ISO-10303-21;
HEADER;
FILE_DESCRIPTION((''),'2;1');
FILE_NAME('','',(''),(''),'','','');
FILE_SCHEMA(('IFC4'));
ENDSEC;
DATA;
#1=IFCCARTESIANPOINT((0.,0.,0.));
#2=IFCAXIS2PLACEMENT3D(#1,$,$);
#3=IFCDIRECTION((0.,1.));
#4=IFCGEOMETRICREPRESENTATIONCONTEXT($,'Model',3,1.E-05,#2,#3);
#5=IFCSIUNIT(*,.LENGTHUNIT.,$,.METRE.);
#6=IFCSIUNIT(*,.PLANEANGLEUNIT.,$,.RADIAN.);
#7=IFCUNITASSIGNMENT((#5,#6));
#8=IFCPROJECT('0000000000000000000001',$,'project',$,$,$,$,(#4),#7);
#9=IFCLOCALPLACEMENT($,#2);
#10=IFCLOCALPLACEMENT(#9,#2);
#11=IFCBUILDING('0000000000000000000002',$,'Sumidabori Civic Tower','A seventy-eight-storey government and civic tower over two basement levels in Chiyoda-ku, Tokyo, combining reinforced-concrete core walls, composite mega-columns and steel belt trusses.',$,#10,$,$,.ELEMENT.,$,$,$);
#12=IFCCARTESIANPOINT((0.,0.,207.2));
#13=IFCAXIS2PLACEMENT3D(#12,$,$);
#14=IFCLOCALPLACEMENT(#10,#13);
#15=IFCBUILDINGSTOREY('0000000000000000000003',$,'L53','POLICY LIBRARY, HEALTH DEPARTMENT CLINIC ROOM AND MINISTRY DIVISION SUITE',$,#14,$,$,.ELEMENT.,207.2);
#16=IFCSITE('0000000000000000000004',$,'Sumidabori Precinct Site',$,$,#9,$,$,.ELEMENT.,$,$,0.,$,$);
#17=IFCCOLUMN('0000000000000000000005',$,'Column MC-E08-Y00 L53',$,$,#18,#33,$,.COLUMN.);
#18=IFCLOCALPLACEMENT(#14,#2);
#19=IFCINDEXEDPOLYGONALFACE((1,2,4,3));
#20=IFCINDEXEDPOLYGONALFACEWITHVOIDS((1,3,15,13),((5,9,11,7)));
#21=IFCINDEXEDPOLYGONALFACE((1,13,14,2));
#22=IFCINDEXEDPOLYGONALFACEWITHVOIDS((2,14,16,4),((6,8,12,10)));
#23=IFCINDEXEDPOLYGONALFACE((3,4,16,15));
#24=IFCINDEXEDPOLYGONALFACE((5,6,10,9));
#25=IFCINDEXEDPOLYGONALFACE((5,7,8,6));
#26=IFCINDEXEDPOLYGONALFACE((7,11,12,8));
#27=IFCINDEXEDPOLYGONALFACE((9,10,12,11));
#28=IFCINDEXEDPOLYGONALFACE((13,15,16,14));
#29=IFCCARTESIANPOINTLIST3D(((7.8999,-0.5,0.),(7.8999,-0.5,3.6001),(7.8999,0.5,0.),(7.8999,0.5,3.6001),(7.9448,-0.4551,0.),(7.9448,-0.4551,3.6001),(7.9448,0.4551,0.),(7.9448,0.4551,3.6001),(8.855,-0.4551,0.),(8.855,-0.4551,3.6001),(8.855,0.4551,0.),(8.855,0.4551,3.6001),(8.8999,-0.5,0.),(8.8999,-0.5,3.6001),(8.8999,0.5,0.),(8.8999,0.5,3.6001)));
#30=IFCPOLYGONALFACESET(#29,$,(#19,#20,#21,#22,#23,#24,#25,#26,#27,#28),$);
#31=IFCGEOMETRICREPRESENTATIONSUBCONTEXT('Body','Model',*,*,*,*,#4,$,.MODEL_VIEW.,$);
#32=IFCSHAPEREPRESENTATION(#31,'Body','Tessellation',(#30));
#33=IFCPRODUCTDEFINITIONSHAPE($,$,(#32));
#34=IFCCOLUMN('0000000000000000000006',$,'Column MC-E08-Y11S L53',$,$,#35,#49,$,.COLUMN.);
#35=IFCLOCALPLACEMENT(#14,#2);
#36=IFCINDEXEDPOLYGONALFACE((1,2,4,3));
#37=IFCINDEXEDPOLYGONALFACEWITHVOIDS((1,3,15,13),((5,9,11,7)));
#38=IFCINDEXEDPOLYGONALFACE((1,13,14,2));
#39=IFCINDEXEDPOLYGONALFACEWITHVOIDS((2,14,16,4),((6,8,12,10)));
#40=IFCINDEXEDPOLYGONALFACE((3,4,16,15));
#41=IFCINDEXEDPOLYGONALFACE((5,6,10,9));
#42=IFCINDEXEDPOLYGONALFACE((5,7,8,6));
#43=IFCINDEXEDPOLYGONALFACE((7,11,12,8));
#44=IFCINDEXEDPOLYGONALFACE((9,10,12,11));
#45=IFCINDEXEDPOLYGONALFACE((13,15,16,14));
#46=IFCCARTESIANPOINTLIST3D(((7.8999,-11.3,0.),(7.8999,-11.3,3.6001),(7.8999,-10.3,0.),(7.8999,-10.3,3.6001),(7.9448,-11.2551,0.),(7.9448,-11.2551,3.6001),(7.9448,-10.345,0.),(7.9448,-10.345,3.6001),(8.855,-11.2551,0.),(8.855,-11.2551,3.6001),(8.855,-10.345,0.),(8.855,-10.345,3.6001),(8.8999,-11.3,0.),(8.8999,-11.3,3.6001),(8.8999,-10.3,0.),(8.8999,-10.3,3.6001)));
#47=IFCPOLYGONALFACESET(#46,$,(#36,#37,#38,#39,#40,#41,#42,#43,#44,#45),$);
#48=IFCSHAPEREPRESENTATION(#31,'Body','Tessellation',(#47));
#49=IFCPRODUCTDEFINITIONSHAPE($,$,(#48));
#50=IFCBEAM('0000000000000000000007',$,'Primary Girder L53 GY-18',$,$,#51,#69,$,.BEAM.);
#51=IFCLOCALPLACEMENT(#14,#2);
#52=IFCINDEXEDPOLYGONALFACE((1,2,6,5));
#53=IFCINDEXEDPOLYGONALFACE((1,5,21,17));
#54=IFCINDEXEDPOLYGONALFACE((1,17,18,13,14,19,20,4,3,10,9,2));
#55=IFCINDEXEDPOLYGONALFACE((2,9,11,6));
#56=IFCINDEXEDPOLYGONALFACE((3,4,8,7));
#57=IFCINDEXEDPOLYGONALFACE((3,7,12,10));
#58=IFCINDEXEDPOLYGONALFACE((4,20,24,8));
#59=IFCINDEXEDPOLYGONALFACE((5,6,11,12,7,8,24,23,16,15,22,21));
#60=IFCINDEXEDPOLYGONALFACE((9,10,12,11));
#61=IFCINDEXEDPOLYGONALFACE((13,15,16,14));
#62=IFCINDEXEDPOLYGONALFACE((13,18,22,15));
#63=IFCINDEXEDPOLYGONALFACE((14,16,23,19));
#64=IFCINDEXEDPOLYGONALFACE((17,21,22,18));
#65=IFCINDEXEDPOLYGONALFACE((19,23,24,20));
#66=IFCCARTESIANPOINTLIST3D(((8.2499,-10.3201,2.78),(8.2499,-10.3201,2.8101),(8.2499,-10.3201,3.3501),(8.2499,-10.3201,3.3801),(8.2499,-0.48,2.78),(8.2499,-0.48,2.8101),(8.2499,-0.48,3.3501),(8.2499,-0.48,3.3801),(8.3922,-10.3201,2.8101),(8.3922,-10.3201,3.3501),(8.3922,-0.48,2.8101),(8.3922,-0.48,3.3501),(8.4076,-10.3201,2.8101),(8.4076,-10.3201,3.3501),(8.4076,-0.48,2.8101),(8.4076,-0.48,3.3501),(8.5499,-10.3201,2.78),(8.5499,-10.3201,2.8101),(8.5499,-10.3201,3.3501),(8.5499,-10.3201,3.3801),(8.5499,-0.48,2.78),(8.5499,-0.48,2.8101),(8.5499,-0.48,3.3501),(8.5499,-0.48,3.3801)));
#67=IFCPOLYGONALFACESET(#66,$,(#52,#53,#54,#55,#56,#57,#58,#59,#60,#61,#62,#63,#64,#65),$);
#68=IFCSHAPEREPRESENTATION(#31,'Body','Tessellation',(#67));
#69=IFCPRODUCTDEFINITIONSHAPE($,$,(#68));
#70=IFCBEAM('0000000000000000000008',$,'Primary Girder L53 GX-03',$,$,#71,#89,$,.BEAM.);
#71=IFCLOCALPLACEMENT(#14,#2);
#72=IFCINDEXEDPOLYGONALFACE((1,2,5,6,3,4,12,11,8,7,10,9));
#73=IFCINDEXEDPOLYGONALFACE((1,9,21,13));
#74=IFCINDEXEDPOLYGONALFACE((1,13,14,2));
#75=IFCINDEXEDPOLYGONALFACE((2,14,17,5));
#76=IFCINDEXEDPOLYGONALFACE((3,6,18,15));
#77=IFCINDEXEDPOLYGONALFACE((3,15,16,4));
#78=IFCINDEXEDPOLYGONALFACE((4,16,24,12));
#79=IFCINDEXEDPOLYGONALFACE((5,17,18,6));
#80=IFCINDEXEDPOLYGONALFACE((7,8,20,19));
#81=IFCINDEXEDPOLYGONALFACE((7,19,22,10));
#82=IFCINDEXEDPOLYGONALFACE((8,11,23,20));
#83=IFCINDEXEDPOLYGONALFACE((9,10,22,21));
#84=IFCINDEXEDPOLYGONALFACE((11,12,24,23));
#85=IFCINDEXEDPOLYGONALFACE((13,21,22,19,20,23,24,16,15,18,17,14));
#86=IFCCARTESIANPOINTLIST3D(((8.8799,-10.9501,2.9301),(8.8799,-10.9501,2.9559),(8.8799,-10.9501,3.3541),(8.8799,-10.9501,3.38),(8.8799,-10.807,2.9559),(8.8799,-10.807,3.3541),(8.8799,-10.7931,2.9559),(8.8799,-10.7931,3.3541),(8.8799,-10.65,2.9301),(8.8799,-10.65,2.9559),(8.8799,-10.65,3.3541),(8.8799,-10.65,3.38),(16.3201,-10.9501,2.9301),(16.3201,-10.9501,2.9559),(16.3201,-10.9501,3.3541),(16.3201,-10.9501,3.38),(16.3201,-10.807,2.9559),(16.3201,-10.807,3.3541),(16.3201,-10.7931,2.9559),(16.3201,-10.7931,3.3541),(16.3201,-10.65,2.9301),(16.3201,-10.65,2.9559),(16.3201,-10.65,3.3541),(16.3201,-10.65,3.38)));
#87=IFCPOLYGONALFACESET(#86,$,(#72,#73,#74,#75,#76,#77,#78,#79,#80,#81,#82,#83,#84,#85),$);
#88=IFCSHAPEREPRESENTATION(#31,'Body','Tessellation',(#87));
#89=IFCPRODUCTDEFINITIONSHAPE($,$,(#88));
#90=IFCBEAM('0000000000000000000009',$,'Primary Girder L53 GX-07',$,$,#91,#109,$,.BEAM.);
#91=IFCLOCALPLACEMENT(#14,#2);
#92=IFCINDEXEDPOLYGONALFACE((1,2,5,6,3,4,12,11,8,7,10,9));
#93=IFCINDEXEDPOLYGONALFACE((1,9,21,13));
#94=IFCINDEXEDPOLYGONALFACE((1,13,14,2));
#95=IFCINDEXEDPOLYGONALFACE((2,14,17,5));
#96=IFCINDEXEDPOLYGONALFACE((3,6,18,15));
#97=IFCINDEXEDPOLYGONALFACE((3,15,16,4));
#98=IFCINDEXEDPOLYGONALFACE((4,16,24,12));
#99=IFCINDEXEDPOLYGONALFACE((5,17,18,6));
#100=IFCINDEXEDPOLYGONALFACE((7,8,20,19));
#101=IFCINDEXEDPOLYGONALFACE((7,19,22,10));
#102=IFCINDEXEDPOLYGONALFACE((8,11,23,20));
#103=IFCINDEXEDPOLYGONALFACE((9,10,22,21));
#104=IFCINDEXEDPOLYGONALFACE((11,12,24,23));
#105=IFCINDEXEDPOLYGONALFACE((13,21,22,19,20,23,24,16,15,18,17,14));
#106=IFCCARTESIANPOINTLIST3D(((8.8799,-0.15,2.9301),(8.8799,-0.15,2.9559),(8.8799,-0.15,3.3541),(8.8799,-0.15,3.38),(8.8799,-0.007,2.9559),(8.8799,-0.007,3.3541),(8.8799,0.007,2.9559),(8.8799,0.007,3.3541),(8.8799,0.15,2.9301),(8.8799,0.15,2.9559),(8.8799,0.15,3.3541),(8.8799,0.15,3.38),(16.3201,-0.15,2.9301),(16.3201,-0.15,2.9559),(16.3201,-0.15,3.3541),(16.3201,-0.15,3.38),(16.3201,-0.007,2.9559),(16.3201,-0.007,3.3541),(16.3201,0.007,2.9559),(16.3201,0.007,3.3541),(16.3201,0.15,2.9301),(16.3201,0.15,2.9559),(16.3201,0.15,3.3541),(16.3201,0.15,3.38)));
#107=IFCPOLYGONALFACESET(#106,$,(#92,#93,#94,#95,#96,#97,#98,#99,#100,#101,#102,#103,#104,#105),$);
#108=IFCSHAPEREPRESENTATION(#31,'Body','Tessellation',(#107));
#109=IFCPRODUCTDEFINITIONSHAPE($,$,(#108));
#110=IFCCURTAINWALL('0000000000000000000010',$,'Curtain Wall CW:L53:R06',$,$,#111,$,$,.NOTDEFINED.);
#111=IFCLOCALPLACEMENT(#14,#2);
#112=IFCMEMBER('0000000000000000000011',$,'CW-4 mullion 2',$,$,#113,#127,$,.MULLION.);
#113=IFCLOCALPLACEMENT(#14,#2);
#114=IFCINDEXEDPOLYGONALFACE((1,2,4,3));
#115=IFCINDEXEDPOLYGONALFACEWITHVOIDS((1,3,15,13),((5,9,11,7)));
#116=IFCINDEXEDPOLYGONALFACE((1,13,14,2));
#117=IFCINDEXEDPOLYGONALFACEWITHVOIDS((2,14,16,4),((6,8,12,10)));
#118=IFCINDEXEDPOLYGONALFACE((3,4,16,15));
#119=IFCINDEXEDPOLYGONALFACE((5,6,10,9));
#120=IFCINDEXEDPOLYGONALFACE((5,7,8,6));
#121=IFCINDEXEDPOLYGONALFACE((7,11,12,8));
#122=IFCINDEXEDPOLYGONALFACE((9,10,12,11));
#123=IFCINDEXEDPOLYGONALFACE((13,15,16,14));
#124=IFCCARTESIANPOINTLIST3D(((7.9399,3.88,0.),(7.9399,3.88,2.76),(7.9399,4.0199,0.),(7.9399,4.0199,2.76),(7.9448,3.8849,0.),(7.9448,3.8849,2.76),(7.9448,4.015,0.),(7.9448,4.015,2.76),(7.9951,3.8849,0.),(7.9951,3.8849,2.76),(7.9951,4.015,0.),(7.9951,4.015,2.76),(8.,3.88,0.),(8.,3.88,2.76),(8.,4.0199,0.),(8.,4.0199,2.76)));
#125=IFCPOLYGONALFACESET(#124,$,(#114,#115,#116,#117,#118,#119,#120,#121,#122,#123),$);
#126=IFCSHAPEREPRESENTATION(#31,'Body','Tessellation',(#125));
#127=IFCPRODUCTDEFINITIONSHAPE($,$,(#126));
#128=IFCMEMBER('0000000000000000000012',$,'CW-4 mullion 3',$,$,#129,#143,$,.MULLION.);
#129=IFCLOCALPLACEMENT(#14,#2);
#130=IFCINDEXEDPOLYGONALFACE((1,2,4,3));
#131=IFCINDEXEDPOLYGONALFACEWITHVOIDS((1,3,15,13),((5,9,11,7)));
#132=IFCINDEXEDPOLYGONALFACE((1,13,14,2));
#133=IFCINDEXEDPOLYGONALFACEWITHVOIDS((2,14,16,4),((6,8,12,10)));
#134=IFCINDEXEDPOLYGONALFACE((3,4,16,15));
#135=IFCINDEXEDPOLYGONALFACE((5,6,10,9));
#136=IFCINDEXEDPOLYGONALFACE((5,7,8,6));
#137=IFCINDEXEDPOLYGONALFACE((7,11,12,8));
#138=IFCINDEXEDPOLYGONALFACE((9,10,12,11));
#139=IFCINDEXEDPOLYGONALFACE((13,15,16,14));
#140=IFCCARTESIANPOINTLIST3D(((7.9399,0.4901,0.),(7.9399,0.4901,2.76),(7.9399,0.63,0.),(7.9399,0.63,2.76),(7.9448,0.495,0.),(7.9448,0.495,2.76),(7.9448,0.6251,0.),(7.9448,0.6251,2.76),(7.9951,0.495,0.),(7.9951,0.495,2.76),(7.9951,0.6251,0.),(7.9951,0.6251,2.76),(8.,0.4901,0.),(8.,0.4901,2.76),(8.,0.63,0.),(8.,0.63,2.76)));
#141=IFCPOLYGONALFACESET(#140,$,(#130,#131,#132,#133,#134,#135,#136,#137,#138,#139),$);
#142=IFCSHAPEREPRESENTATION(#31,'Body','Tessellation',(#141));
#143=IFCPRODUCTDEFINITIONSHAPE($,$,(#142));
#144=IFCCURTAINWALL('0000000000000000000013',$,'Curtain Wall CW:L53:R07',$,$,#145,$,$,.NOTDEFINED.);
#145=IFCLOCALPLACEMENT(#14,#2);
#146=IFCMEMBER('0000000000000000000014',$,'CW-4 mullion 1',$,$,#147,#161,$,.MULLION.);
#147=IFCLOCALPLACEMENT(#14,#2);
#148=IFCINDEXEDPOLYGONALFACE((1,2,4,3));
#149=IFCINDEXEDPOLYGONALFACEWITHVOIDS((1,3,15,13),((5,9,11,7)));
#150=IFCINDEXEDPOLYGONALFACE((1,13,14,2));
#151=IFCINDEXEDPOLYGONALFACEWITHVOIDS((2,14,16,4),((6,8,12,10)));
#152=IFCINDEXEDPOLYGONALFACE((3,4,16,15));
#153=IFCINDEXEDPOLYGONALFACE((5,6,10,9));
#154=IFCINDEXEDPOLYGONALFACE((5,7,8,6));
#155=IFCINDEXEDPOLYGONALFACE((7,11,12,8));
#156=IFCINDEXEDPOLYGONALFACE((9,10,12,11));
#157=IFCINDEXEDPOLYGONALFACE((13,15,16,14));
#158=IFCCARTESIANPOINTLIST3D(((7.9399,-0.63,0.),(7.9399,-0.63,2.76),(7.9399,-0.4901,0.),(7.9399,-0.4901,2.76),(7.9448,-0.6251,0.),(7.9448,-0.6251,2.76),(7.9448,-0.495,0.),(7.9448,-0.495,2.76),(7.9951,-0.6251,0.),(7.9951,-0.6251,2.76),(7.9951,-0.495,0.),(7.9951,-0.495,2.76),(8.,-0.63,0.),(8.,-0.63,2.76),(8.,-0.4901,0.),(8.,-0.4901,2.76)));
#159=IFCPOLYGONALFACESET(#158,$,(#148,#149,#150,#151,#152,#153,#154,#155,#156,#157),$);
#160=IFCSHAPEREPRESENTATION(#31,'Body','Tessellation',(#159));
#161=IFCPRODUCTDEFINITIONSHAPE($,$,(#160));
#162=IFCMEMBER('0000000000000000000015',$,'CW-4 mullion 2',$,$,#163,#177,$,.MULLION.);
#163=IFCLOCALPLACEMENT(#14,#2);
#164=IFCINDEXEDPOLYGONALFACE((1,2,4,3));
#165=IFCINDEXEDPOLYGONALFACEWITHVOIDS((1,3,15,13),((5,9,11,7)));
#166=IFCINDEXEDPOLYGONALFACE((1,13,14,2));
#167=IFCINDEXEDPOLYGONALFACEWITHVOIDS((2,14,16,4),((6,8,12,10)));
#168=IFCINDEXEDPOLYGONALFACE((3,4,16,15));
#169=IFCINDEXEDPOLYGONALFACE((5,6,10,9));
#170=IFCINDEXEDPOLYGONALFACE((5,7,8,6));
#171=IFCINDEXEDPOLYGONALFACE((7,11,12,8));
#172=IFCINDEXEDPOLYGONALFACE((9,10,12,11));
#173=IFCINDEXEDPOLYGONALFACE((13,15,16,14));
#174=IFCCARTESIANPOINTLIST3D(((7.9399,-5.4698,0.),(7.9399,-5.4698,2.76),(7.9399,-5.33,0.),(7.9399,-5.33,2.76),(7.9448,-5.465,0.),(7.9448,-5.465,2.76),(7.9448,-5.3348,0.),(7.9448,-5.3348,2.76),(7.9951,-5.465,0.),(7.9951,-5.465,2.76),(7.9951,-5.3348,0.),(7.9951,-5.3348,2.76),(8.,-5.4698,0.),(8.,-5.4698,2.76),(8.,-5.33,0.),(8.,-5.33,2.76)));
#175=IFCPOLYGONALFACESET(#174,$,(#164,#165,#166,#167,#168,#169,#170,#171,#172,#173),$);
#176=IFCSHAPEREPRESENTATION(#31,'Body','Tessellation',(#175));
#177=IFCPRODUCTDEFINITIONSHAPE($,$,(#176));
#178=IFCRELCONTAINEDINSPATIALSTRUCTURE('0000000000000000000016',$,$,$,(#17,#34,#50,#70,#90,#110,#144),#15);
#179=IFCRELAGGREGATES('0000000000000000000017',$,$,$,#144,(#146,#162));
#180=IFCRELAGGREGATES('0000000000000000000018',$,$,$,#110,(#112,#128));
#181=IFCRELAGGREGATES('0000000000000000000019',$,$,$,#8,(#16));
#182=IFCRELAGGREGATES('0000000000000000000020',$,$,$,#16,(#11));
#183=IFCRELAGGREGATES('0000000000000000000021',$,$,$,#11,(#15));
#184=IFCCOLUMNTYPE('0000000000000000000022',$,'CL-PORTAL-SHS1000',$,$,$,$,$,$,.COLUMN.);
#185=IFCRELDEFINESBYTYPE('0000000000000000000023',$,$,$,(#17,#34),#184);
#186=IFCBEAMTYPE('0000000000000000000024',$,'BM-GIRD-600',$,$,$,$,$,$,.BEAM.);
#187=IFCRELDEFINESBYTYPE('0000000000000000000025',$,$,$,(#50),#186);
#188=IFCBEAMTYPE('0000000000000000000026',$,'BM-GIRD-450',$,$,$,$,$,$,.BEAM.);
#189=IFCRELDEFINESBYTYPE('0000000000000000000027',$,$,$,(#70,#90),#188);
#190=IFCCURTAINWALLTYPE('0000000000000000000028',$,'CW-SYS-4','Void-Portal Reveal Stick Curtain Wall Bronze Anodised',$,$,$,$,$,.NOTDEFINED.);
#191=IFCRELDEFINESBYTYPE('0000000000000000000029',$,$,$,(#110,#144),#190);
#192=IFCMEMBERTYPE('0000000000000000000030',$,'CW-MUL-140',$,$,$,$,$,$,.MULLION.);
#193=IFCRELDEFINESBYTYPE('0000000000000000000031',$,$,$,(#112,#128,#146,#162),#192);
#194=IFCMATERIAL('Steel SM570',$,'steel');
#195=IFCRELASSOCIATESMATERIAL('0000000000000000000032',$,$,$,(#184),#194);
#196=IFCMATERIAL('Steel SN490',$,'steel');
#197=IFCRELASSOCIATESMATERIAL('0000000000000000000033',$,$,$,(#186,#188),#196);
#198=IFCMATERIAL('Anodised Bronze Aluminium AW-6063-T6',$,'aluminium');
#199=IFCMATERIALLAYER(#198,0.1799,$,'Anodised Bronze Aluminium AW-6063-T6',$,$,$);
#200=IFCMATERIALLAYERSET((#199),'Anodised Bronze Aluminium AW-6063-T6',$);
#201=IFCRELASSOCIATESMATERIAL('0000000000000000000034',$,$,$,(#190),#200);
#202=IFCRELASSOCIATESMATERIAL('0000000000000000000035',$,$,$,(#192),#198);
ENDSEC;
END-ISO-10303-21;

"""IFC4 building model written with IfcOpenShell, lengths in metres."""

from ifc_helpers import new_model, si_unit, direction, frame, origin, origin_2d, place, context, subcontext, project, spatial, hollow_rectangle, i_section, extrude, source, transform, mapped, material, layer, layer_set, material_profile, profile_set, type_object, element, aggregate, save


model = new_model("IFC4")

# Units and contexts
model_context = context("Model", 3, precision=1e-05, world=origin(), true_north=direction((0.0, 1.0)))
body_context = subcontext(model_context, "Body", "Model", "MODEL_VIEW")
ifc_project = project(units=[si_unit("LENGTHUNIT", "METRE"), si_unit("PLANEANGLEUNIT", "RADIAN")], contexts=[model_context])

# Site, building, storey
site_placement = place(None, origin())
site = spatial("IfcSite", under=ifc_project, at=site_placement, Name="Sumidabori Precinct Site", CompositionType="ELEMENT", RefElevation=0.0)
building_placement = place(site_placement, origin())
building = spatial("IfcBuilding", under=site, at=building_placement, Name="Sumidabori Civic Tower", Description="A seventy-eight-storey government and civic tower over two basement levels in Chiyoda-ku, Tokyo, combining reinforced-concrete core walls, composite mega-columns and steel belt trusses.", CompositionType="ELEMENT")
storey_placement = place(building_placement, frame((0.0, 0.0, 207.2)))
storey = spatial("IfcBuildingStorey", under=building, at=storey_placement, Name="L53", Description="POLICY LIBRARY, HEALTH DEPARTMENT CLINIC ROOM AND MINISTRY DIVISION SUITE", CompositionType="ELEMENT", Elevation=207.2)

# Columns
ifc_material_1 = material(Name="Steel SM570", Category="steel")
ifc_material_profile_1 = material_profile(ifc_material_1, hollow_rectangle(XDim=1.0, YDim=1.0, WallThickness=0.0449, at=origin_2d()), Name="SHS 1000x1000x45")
ifc_profile_set_1 = profile_set([ifc_material_profile_1], Name="Steel SM570")
column_type = type_object("IfcColumnType", Name="CL-PORTAL-SHS1000", PredefinedType="COLUMN", material=ifc_profile_set_1)
shared_shape_1 = source(origin(), body_context, "Body", "SweptSolid", [
    extrude(hollow_rectangle(XDim=1.0, YDim=1.0, WallThickness=0.0449, at=origin_2d()), origin(), (0.0, 0.0, 1.0), 3.6001),
])
for number, where, z_axis, x_axis, name in (
    (1, (8.3999, 0.0, 0.0), (0.0, 0.0, 1.0), (1.0, 0.0, 0.0), "Column MC-E08-Y00 L53"),
    (2, (8.3999, -10.8, 0.0), (0.0, 0.0, 1.0), (1.0, 0.0, 0.0), "Column MC-E08-Y11S L53"),
):
    element("IfcColumn", number, at=place(storey_placement, frame(where, z_axis=z_axis, x_axis=x_axis)), inside=storey, type_object=column_type, Name=name, PredefinedType="COLUMN", context=body_context, shape_type="MappedRepresentation", body=[
        mapped(shared_shape_1, transform((0.0, 0.0, 0.0), x_axis=(1.0, 0.0, 0.0), y_axis=(0.0, 1.0, 0.0), z_axis=(0.0, 0.0, 1.0), scale=1.0)),
    ])

# Beams
ifc_material_2 = material(Name="Steel SN490", Category="steel")
ifc_material_profile_2 = material_profile(ifc_material_2, i_section(OverallWidth=0.3, OverallDepth=0.6001, WebThickness=0.0154, FlangeThickness=0.03, at=origin_2d()), Name="HE 600 B")
ifc_profile_set_2 = profile_set([ifc_material_profile_2], Name="Steel SN490")
beam_type_1 = type_object("IfcBeamType", Name="BM-GIRD-600", PredefinedType="BEAM", material=ifc_profile_set_2)
shared_shape_2 = source(origin(), body_context, "Body", "SweptSolid", [
    extrude(i_section(OverallWidth=0.3, OverallDepth=0.6001, WebThickness=0.0154, FlangeThickness=0.03, at=origin_2d()), origin(), (0.0, 0.0, 1.0), 9.8401),
])
beam_placement = place(storey_placement, frame((8.3999, -10.3201, 3.0801), z_axis=(0.0, 1.0, 0.0), x_axis=(-1.0, 0.0, 0.0)))
element("IfcBeam", 3, at=beam_placement, inside=storey, type_object=beam_type_1, Name="Primary Girder L53 GY-18", PredefinedType="BEAM", context=body_context, shape_type="MappedRepresentation", body=[
    mapped(shared_shape_2, transform((0.0, 0.0, 0.0), x_axis=(1.0, 0.0, 0.0), y_axis=(0.0, 1.0, 0.0), z_axis=(0.0, 0.0, 1.0), scale=1.0)),
])
ifc_material_profile_3 = material_profile(ifc_material_2, i_section(OverallWidth=0.3, OverallDepth=0.45, WebThickness=0.0139, FlangeThickness=0.0259, at=origin_2d()), Name="HE 450 B")
ifc_profile_set_3 = profile_set([ifc_material_profile_3], Name="Steel SN490")
beam_type_2 = type_object("IfcBeamType", Name="BM-GIRD-450", PredefinedType="BEAM", material=ifc_profile_set_3)
shared_shape_3 = source(origin(), body_context, "Body", "SweptSolid", [
    extrude(i_section(OverallWidth=0.3, OverallDepth=0.45, WebThickness=0.0139, FlangeThickness=0.0259, at=origin_2d()), origin(), (0.0, 0.0, 1.0), 7.4402),
])
for number, where, z_axis, x_axis, name in (
    (4, (8.8799, -10.8, 3.155), (1.0, 0.0, 0.0), (0.0, 1.0, 0.0), "Primary Girder L53 GX-03"),
    (5, (8.8799, 0.0, 3.155), (1.0, 0.0, 0.0), (0.0, 1.0, 0.0), "Primary Girder L53 GX-07"),
):
    element("IfcBeam", number, at=place(storey_placement, frame(where, z_axis=z_axis, x_axis=x_axis)), inside=storey, type_object=beam_type_2, Name=name, PredefinedType="BEAM", context=body_context, shape_type="MappedRepresentation", body=[
        mapped(shared_shape_3, transform((0.0, 0.0, 0.0), x_axis=(1.0, 0.0, 0.0), y_axis=(0.0, 1.0, 0.0), z_axis=(0.0, 0.0, 1.0), scale=1.0)),
    ])

# Curtain walls, members
ifc_material_3 = material(Name="Anodised Bronze Aluminium AW-6063-T6", Category="aluminium")
ifc_layer_1 = layer(ifc_material_3, 0.1799, Name="Anodised Bronze Aluminium AW-6063-T6")
ifc_layer_set_1 = layer_set([ifc_layer_1], Name="Anodised Bronze Aluminium AW-6063-T6")
curtain_wall_type_1 = type_object("IfcCurtainWallType", Name="CW-SYS-4", Description="Void-Portal Reveal Stick Curtain Wall Bronze Anodised", PredefinedType="NOTDEFINED", material=ifc_layer_set_1)
curtain_wall_1_placement = place(storey_placement, origin())
curtain_wall_1 = element("IfcCurtainWall", 6, at=curtain_wall_1_placement, inside=storey, type_object=curtain_wall_type_1, Name="Curtain Wall CW:L53:R06", PredefinedType="NOTDEFINED")
ifc_material_profile_4 = material_profile(ifc_material_3, hollow_rectangle(XDim=0.0601, YDim=0.1399, WallThickness=0.0049, at=origin_2d()), Name="ALU MULLION 140x60")
ifc_profile_set_4 = profile_set([ifc_material_profile_4], Name="Anodised Bronze Aluminium AW-6063-T6")
member_type_1 = type_object("IfcMemberType", Name="CW-MUL-140", PredefinedType="MULLION", material=ifc_profile_set_4)
shared_shape_4 = source(origin(), body_context, "Body", "SweptSolid", [
    extrude(hollow_rectangle(XDim=0.0601, YDim=0.1399, WallThickness=0.0049, at=origin_2d()), origin(), (0.0, 0.0, 1.0), 2.76),
])
member_1_placement = place(storey_placement, frame((7.97, 3.95, 0.0), z_axis=(0.0, 0.0, 1.0), x_axis=(1.0, 0.0, 0.0)))
member_1 = element("IfcMember", 7, at=member_1_placement, type_object=member_type_1, Name="CW-4 mullion 2", PredefinedType="MULLION", context=body_context, shape_type="MappedRepresentation", body=[
    mapped(shared_shape_4, transform((0.0, 0.0, 0.0), x_axis=(1.0, 0.0, 0.0), y_axis=(0.0, 1.0, 0.0), z_axis=(0.0, 0.0, 1.0), scale=1.0)),
])
member_2_placement = place(storey_placement, frame((7.97, 0.5601, 0.0), z_axis=(0.0, 0.0, 1.0), x_axis=(1.0, 0.0, 0.0)))
member_2 = element("IfcMember", 8, at=member_2_placement, type_object=member_type_1, Name="CW-4 mullion 3", PredefinedType="MULLION", context=body_context, shape_type="MappedRepresentation", body=[
    mapped(shared_shape_4, transform((0.0, 0.0, 0.0), x_axis=(1.0, 0.0, 0.0), y_axis=(0.0, 1.0, 0.0), z_axis=(0.0, 0.0, 1.0), scale=1.0)),
])
curtain_wall_2_placement = place(storey_placement, origin())
curtain_wall_2 = element("IfcCurtainWall", 9, at=curtain_wall_2_placement, inside=storey, type_object=curtain_wall_type_1, Name="Curtain Wall CW:L53:R07", PredefinedType="NOTDEFINED")
member_3_placement = place(storey_placement, frame((7.97, -0.5601, 0.0), z_axis=(0.0, 0.0, 1.0), x_axis=(1.0, 0.0, 0.0)))
member_3 = element("IfcMember", 10, at=member_3_placement, type_object=member_type_1, Name="CW-4 mullion 1", PredefinedType="MULLION", context=body_context, shape_type="MappedRepresentation", body=[
    mapped(shared_shape_4, transform((0.0, 0.0, 0.0), x_axis=(1.0, 0.0, 0.0), y_axis=(0.0, 1.0, 0.0), z_axis=(0.0, 0.0, 1.0), scale=1.0)),
])
member_4_placement = place(storey_placement, frame((7.97, -5.3999, 0.0), z_axis=(0.0, 0.0, 1.0), x_axis=(1.0, 0.0, 0.0)))
member_4 = element("IfcMember", 11, at=member_4_placement, type_object=member_type_1, Name="CW-4 mullion 2", PredefinedType="MULLION", context=body_context, shape_type="MappedRepresentation", body=[
    mapped(shared_shape_4, transform((0.0, 0.0, 0.0), x_axis=(1.0, 0.0, 0.0), y_axis=(0.0, 1.0, 0.0), z_axis=(0.0, 0.0, 1.0), scale=1.0)),
])

aggregate(curtain_wall_2, [member_3, member_4])
aggregate(curtain_wall_1, [member_1, member_2])

save(model, "model.ifc")
